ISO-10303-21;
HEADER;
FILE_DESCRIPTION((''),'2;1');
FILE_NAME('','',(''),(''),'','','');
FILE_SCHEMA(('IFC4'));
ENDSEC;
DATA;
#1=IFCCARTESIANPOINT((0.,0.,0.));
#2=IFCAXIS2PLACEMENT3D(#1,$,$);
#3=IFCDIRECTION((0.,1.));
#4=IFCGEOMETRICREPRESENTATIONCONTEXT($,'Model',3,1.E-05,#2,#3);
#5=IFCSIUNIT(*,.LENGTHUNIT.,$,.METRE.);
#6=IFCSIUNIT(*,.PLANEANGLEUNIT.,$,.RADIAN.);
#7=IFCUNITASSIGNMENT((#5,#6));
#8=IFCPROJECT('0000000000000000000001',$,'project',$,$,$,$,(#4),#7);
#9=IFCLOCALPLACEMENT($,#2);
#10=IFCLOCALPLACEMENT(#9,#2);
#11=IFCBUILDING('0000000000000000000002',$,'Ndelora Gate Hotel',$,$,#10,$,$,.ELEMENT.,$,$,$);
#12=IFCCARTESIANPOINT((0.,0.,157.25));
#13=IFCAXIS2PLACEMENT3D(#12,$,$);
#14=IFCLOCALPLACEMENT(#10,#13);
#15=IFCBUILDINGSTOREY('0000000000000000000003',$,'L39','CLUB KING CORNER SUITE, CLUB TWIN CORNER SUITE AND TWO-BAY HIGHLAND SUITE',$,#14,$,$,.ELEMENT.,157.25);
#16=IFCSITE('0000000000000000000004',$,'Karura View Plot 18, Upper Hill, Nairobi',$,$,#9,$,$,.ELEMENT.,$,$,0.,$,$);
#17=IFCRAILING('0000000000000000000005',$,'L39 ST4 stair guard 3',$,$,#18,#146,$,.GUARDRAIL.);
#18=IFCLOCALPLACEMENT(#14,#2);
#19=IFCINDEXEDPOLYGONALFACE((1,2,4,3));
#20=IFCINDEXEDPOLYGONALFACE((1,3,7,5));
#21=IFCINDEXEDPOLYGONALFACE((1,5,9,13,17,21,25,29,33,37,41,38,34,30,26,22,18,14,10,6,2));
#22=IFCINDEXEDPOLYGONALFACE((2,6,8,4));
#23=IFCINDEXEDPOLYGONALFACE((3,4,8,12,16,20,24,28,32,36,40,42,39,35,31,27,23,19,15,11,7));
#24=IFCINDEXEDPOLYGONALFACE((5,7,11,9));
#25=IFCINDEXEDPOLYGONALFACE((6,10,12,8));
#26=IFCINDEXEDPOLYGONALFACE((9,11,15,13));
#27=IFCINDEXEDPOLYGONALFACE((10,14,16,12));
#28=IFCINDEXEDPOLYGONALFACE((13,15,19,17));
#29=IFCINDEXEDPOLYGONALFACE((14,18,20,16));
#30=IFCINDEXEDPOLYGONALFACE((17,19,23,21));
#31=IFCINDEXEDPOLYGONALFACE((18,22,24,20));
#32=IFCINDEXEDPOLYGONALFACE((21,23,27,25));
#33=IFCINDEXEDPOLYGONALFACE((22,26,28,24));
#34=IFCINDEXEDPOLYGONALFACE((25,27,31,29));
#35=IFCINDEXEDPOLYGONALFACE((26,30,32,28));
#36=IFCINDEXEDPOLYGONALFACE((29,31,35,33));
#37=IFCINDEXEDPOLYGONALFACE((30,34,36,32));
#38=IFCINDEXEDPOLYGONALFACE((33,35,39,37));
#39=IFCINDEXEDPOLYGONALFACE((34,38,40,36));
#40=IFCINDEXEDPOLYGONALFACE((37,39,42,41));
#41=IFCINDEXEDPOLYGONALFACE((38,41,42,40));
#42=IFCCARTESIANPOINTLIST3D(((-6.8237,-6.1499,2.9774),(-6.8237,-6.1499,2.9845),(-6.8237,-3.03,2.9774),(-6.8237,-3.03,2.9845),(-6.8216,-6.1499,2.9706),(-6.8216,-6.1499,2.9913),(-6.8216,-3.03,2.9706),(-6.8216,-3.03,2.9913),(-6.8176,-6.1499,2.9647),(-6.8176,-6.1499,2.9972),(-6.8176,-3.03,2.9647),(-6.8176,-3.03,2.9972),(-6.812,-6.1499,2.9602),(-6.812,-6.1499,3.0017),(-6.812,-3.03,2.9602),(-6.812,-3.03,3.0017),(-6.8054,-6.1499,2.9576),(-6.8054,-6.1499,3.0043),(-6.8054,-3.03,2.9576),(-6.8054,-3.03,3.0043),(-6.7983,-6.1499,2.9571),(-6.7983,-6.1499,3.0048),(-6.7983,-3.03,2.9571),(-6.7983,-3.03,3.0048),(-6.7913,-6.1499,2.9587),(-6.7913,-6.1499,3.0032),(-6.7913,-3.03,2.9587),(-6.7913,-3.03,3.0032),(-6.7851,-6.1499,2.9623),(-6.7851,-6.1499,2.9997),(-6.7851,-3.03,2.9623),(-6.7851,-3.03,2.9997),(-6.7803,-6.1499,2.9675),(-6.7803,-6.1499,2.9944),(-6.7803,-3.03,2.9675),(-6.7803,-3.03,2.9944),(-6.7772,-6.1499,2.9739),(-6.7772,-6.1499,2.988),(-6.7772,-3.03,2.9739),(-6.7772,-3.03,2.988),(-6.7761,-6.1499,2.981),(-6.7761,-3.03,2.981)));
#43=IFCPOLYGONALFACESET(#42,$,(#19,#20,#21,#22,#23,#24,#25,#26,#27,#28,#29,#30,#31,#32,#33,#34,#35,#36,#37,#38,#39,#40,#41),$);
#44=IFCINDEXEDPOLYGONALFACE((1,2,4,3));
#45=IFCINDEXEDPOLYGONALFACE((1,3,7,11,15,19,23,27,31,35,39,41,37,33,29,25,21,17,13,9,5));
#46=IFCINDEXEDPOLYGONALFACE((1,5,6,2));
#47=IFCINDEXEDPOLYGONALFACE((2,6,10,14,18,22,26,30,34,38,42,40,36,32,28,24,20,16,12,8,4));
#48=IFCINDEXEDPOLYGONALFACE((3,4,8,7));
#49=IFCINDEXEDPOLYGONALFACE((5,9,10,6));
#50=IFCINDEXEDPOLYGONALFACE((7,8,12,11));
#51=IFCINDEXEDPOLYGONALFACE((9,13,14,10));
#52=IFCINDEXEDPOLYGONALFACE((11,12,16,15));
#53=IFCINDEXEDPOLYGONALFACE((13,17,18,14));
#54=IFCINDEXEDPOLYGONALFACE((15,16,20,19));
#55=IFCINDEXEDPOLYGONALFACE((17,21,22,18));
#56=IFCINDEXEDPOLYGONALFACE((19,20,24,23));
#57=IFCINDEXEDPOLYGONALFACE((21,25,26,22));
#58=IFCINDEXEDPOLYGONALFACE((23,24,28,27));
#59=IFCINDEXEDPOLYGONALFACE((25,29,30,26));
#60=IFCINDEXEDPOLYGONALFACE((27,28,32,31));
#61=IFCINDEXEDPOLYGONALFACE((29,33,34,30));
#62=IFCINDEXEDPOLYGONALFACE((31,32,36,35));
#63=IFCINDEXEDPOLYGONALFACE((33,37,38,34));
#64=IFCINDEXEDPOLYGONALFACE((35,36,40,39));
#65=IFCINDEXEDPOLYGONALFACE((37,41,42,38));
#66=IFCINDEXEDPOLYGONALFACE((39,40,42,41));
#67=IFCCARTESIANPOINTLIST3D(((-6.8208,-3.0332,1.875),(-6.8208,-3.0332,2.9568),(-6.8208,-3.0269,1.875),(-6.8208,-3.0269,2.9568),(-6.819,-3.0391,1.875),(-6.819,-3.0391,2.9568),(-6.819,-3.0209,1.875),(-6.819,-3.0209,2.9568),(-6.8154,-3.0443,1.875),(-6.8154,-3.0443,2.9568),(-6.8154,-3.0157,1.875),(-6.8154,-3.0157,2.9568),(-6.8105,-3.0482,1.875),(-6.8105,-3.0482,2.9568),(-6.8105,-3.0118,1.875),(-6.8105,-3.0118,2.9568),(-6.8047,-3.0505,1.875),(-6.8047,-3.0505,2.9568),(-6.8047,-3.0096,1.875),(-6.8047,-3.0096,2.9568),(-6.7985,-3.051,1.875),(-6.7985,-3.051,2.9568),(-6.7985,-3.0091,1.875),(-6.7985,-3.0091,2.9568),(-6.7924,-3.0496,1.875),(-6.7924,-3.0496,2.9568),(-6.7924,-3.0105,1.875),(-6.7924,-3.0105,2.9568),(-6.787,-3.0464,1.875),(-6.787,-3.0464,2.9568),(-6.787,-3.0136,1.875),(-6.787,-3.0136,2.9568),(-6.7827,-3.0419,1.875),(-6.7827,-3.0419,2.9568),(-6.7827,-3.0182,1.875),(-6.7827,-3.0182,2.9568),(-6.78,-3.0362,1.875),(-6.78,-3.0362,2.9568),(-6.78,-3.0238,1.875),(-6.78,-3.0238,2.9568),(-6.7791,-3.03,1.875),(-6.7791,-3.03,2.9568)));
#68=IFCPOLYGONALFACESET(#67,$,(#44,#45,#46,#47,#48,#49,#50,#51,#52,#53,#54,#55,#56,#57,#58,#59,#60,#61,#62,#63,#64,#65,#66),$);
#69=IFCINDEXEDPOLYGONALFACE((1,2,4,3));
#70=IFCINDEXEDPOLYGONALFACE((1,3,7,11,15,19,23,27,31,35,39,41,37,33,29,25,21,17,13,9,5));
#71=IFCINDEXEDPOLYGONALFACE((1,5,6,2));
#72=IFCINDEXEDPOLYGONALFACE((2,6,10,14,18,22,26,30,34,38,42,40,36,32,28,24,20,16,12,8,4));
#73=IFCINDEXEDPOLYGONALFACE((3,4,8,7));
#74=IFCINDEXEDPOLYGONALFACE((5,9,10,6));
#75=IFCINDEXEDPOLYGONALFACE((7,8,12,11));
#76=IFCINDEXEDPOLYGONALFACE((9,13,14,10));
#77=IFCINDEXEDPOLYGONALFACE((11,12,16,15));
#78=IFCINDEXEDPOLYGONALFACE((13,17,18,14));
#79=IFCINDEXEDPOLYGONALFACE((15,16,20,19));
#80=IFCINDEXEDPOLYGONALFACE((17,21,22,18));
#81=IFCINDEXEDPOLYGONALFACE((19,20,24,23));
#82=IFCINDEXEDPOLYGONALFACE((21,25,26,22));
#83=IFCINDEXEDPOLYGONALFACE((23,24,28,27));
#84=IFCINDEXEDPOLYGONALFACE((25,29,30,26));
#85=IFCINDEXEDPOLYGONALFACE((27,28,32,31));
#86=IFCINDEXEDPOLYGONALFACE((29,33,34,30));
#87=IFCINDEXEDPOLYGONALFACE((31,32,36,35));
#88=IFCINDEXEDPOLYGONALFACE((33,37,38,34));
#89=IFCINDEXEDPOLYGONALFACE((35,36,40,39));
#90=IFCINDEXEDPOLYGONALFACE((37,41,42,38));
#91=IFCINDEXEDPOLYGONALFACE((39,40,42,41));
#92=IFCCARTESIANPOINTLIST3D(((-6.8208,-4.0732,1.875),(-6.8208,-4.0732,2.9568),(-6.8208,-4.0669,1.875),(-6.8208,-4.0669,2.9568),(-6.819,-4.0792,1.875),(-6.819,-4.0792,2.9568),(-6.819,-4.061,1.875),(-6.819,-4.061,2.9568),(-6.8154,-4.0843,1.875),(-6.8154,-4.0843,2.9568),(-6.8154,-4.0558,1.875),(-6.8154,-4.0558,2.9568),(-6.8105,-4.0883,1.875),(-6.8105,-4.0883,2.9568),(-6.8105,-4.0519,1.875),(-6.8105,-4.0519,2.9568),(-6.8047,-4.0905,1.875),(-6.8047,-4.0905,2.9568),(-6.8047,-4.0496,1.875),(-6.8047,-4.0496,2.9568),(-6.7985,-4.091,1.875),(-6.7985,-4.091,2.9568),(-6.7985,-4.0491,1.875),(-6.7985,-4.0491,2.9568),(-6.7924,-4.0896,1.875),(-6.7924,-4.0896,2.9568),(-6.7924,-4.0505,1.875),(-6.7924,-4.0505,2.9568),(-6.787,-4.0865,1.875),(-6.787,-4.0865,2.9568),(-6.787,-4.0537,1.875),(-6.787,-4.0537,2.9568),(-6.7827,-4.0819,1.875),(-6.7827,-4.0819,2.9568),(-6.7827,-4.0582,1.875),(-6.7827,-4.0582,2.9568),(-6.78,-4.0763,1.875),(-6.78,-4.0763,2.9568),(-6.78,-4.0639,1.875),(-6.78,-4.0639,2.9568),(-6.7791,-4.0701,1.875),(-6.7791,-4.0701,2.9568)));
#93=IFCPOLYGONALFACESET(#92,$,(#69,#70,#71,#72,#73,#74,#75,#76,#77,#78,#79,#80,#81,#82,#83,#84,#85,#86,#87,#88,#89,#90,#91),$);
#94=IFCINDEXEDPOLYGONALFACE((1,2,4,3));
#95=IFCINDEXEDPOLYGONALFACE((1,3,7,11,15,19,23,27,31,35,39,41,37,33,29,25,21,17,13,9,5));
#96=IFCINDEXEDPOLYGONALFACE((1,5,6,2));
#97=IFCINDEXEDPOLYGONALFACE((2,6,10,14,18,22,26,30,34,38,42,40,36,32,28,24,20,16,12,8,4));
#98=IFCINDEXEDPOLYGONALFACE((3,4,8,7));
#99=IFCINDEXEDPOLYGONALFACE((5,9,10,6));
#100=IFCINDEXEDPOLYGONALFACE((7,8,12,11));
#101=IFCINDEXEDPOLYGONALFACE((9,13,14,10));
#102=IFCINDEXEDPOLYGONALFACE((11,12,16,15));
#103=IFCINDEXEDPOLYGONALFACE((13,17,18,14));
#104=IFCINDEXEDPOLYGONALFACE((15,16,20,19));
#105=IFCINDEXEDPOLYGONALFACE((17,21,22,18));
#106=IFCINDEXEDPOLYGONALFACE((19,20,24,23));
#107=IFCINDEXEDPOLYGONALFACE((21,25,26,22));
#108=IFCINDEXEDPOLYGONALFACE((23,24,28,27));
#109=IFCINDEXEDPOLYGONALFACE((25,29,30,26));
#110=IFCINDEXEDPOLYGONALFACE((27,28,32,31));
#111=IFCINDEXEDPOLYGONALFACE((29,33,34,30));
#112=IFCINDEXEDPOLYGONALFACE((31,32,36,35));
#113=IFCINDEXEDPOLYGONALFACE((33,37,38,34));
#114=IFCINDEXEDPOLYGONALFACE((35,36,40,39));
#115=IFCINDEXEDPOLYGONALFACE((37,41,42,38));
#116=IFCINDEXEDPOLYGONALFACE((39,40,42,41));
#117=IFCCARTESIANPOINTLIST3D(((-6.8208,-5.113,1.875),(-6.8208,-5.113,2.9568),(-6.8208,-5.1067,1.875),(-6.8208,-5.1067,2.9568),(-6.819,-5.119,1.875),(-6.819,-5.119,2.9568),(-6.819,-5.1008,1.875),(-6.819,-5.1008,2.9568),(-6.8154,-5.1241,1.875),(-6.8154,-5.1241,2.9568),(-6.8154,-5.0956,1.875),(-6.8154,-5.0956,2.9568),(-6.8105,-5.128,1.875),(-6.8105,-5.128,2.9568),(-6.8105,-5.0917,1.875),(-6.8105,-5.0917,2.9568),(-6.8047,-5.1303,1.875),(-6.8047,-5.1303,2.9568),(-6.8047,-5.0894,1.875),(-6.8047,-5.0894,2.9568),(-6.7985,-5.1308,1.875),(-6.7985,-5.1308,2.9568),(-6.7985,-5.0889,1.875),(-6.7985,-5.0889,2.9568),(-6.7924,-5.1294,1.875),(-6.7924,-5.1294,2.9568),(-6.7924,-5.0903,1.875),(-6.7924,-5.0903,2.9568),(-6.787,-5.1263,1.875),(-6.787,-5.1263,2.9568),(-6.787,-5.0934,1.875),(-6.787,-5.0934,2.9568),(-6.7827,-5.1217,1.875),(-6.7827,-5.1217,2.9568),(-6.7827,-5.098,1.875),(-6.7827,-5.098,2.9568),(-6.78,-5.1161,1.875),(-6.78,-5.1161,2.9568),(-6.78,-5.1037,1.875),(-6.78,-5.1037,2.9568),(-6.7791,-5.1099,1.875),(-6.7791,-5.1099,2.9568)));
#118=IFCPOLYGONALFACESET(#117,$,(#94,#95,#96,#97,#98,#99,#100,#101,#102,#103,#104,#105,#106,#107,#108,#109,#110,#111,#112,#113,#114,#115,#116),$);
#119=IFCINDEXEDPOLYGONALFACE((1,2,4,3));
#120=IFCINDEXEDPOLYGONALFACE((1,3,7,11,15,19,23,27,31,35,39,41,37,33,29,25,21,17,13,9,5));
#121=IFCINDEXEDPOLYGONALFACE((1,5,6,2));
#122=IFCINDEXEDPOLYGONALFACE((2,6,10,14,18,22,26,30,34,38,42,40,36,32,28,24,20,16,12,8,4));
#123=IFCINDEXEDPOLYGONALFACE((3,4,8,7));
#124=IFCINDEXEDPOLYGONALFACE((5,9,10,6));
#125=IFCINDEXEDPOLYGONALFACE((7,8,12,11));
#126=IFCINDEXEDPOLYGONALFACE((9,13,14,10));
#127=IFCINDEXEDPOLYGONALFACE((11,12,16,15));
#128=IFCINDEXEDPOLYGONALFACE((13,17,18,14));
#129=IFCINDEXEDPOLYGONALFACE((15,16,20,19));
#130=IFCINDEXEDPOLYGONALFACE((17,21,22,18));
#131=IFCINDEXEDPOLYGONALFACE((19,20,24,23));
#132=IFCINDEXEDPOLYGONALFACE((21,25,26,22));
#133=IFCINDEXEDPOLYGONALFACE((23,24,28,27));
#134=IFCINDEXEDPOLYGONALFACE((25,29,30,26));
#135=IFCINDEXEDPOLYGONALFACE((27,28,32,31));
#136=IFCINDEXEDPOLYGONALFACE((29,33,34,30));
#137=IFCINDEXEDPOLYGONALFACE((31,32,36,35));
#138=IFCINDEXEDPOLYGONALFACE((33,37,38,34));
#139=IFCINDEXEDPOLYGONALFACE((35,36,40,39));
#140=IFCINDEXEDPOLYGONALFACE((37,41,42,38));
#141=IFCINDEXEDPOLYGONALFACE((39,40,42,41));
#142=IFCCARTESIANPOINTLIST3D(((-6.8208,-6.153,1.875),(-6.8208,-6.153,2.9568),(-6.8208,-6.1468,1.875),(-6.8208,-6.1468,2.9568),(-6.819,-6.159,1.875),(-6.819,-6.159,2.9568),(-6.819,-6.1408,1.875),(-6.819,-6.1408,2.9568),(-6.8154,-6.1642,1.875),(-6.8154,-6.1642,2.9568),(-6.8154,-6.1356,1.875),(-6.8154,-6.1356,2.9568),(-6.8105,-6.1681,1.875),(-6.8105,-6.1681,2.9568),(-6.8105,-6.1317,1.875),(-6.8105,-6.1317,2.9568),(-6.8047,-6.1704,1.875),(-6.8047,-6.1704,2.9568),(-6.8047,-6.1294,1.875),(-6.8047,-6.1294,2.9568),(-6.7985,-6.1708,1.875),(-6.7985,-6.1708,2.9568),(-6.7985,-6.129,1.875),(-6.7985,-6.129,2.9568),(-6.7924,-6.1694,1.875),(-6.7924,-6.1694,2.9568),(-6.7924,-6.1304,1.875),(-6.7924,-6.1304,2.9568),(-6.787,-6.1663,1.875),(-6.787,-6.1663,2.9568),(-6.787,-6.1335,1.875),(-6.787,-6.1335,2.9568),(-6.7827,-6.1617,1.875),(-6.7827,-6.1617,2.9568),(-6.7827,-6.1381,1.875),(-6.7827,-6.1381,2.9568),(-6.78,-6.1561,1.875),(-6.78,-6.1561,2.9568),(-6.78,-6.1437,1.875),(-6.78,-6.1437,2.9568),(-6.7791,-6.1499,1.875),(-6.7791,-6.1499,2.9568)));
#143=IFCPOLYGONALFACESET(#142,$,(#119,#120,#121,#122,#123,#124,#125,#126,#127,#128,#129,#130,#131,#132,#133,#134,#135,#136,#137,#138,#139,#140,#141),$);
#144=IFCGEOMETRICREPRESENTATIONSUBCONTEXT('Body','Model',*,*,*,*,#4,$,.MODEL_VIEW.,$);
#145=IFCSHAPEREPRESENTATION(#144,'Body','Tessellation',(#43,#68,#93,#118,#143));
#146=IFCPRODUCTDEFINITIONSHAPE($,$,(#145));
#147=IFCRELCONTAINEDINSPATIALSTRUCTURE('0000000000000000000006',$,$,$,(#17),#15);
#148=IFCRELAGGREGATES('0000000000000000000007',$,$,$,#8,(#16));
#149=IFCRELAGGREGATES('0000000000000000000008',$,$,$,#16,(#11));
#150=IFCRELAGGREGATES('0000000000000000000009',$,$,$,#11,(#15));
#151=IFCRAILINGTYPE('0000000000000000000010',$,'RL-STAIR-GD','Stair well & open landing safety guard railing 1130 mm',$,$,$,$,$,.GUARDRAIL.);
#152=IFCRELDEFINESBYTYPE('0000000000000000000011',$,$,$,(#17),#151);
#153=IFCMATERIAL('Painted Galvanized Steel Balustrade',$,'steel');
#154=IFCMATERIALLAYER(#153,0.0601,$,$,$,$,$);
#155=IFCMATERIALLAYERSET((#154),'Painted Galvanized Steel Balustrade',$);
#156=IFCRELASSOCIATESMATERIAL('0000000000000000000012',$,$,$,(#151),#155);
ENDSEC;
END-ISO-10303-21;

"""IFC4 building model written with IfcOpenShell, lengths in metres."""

from ifc_helpers import new_model, si_unit, direction, frame, origin, origin_2d, place, context, subcontext, project, spatial, circle, extrude, material, layer, layer_set, type_object, element, save


model = new_model("IFC4")

# Units and contexts
model_context = context("Model", 3, precision=1e-05, world=origin(), true_north=direction((0.0, 1.0)))
body_context = subcontext(model_context, "Body", "Model", "MODEL_VIEW")
ifc_project = project(units=[si_unit("LENGTHUNIT", "METRE"), si_unit("PLANEANGLEUNIT", "RADIAN")], contexts=[model_context])

# Site, building, storey
site_placement = place(None, origin())
site = spatial("IfcSite", under=ifc_project, at=site_placement, Name="Karura View Plot 18, Upper Hill, Nairobi", CompositionType="ELEMENT", RefElevation=0.0)
building_placement = place(site_placement, origin())
building = spatial("IfcBuilding", under=site, at=building_placement, Name="Ndelora Gate Hotel", CompositionType="ELEMENT")
storey_placement = place(building_placement, frame((0.0, 0.0, 157.25)))
storey = spatial("IfcBuildingStorey", under=building, at=storey_placement, Name="L39", Description="CLUB KING CORNER SUITE, CLUB TWIN CORNER SUITE AND TWO-BAY HIGHLAND SUITE", CompositionType="ELEMENT", Elevation=157.25)

# Railing
ifc_material_1 = material(Name="Painted Galvanized Steel Balustrade", Category="steel")
ifc_layer_1 = layer(ifc_material_1, 0.0601)
ifc_layer_set_1 = layer_set([ifc_layer_1], Name="Painted Galvanized Steel Balustrade")
railing_type_1 = type_object("IfcRailingType", Name="RL-STAIR-GD", Description="Stair well & open landing safety guard railing 1130 mm", PredefinedType="GUARDRAIL", material=ifc_layer_set_1)
for number, where, name in (
    (1, (-6.8, -3.03, 1.875), "L39 ST4 stair guard 3"),
):
    element("IfcRailing", number, at=place(storey_placement, frame(where)), inside=storey, type_object=railing_type_1, Name=name, PredefinedType="GUARDRAIL", context=body_context, shape_type="SweptSolid", body=[
        extrude(circle(Radius=0.0239, at=origin_2d()), frame((0.0, 0.0, 1.106), z_axis=(0.0, -1.0, 0.0), x_axis=(1.0, 0.0, 0.0)), (0.0, 0.0, 1.0), 3.1199),
        extrude(circle(Radius=0.021, at=origin_2d()), origin(), (0.0, 0.0, 1.0), 1.0818),
        extrude(circle(Radius=0.021, at=origin_2d()), frame((0.0, -1.04, 0.0)), (0.0, 0.0, 1.0), 1.0818),
        extrude(circle(Radius=0.021, at=origin_2d()), frame((0.0, -2.0798, 0.0)), (0.0, 0.0, 1.0), 1.0818),
        extrude(circle(Radius=0.021, at=origin_2d()), frame((0.0, -3.1199, 0.0)), (0.0, 0.0, 1.0), 1.0818),
    ])

save(model, "model.ifc")
